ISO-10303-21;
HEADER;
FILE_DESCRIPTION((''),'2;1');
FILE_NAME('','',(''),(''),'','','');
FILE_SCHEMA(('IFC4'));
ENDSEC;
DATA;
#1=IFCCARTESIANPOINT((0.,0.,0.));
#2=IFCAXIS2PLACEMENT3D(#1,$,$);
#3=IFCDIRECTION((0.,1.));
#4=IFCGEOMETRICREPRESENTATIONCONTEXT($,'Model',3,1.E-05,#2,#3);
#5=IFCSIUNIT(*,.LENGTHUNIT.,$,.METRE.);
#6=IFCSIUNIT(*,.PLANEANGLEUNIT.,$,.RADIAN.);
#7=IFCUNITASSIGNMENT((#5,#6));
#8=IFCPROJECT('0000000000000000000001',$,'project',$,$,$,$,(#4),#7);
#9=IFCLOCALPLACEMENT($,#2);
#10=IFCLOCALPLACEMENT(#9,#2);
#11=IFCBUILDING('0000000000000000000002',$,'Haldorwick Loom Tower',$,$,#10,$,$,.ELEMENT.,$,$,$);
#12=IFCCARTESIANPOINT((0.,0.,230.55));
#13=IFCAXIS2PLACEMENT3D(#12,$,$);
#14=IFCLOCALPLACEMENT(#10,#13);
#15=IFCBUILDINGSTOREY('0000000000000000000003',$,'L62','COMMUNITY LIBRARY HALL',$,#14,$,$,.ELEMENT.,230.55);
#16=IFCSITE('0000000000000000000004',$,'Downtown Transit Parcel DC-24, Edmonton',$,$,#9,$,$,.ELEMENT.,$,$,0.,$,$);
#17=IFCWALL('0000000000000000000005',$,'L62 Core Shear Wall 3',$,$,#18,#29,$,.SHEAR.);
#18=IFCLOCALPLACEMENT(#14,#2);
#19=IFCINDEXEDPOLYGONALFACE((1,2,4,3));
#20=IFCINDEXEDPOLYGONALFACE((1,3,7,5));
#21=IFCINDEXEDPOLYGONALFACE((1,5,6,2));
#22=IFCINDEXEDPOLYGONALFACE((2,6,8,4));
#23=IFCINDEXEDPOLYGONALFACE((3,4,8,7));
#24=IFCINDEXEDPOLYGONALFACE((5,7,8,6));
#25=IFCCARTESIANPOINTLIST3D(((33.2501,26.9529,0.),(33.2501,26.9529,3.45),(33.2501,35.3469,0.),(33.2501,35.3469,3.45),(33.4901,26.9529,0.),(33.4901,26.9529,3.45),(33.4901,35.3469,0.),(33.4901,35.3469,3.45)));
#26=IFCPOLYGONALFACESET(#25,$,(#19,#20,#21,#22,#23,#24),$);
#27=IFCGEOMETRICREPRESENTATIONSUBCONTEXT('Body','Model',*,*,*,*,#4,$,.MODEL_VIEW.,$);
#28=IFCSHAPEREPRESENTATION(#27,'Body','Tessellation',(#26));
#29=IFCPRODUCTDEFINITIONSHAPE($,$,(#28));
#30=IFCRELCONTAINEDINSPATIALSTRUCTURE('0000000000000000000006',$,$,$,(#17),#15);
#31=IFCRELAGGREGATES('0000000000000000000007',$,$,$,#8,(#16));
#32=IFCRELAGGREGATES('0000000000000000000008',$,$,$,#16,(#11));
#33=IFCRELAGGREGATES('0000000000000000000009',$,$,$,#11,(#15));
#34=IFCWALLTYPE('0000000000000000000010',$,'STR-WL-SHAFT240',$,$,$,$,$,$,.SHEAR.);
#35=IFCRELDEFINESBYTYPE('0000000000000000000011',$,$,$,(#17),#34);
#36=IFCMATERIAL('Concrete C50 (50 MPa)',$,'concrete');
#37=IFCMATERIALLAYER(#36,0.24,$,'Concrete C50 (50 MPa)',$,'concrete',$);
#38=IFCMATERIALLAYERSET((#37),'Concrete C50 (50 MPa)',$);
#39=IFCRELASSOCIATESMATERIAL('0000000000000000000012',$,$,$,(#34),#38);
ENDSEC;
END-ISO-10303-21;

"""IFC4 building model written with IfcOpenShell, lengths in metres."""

from ifc_helpers import new_model, si_unit, direction, frame, frame_2d, origin, place, context, subcontext, project, spatial, rectangle, extrude, material, layer, layer_set, type_object, element, save


model = new_model("IFC4")

# Units and contexts
model_context = context("Model", 3, precision=1e-05, world=origin(), true_north=direction((0.0, 1.0)))
body_context = subcontext(model_context, "Body", "Model", "MODEL_VIEW")
ifc_project = project(units=[si_unit("LENGTHUNIT", "METRE"), si_unit("PLANEANGLEUNIT", "RADIAN")], contexts=[model_context])

# Site, building, storey
site_placement = place(None, origin())
site = spatial("IfcSite", under=ifc_project, at=site_placement, Name="Downtown Transit Parcel DC-24, Edmonton", CompositionType="ELEMENT", RefElevation=0.0)
building_placement = place(site_placement, origin())
building = spatial("IfcBuilding", under=site, at=building_placement, Name="Haldorwick Loom Tower", CompositionType="ELEMENT")
storey_placement = place(building_placement, frame((0.0, 0.0, 230.55)))
storey = spatial("IfcBuildingStorey", under=building, at=storey_placement, Name="L62", Description="COMMUNITY LIBRARY HALL", CompositionType="ELEMENT", Elevation=230.55)

# Shared definitions
ifc_material_1 = material(Name="Concrete C50 (50 MPa)", Category="concrete")

# Wall
ifc_layer_1 = layer(ifc_material_1, 0.24, Name="Concrete C50 (50 MPa)", Category="concrete")
ifc_layer_set_1 = layer_set([ifc_layer_1], Name="Concrete C50 (50 MPa)")
wall_type_1 = type_object("IfcWallType", Name="STR-WL-SHAFT240", PredefinedType="SHEAR", material=ifc_layer_set_1)
for number, where, z_axis, x_axis, name in (
    (1, (33.3701, 26.9529, 0.0), (0.0, 0.0, 1.0), (0.0, 1.0, 0.0), "L62 Core Shear Wall 3"),
):
    element("IfcWall", number, at=place(storey_placement, frame(where, z_axis=z_axis, x_axis=x_axis)), inside=storey, type_object=wall_type_1, Name=name, PredefinedType="SHEAR", context=body_context, shape_type="SweptSolid", body=[
        extrude(rectangle(XDim=8.394, YDim=0.24, at=frame_2d((4.197, 0.0))), origin(), (0.0, 0.0, 1.0), 3.45),
    ])

save(model, "model.ifc")
